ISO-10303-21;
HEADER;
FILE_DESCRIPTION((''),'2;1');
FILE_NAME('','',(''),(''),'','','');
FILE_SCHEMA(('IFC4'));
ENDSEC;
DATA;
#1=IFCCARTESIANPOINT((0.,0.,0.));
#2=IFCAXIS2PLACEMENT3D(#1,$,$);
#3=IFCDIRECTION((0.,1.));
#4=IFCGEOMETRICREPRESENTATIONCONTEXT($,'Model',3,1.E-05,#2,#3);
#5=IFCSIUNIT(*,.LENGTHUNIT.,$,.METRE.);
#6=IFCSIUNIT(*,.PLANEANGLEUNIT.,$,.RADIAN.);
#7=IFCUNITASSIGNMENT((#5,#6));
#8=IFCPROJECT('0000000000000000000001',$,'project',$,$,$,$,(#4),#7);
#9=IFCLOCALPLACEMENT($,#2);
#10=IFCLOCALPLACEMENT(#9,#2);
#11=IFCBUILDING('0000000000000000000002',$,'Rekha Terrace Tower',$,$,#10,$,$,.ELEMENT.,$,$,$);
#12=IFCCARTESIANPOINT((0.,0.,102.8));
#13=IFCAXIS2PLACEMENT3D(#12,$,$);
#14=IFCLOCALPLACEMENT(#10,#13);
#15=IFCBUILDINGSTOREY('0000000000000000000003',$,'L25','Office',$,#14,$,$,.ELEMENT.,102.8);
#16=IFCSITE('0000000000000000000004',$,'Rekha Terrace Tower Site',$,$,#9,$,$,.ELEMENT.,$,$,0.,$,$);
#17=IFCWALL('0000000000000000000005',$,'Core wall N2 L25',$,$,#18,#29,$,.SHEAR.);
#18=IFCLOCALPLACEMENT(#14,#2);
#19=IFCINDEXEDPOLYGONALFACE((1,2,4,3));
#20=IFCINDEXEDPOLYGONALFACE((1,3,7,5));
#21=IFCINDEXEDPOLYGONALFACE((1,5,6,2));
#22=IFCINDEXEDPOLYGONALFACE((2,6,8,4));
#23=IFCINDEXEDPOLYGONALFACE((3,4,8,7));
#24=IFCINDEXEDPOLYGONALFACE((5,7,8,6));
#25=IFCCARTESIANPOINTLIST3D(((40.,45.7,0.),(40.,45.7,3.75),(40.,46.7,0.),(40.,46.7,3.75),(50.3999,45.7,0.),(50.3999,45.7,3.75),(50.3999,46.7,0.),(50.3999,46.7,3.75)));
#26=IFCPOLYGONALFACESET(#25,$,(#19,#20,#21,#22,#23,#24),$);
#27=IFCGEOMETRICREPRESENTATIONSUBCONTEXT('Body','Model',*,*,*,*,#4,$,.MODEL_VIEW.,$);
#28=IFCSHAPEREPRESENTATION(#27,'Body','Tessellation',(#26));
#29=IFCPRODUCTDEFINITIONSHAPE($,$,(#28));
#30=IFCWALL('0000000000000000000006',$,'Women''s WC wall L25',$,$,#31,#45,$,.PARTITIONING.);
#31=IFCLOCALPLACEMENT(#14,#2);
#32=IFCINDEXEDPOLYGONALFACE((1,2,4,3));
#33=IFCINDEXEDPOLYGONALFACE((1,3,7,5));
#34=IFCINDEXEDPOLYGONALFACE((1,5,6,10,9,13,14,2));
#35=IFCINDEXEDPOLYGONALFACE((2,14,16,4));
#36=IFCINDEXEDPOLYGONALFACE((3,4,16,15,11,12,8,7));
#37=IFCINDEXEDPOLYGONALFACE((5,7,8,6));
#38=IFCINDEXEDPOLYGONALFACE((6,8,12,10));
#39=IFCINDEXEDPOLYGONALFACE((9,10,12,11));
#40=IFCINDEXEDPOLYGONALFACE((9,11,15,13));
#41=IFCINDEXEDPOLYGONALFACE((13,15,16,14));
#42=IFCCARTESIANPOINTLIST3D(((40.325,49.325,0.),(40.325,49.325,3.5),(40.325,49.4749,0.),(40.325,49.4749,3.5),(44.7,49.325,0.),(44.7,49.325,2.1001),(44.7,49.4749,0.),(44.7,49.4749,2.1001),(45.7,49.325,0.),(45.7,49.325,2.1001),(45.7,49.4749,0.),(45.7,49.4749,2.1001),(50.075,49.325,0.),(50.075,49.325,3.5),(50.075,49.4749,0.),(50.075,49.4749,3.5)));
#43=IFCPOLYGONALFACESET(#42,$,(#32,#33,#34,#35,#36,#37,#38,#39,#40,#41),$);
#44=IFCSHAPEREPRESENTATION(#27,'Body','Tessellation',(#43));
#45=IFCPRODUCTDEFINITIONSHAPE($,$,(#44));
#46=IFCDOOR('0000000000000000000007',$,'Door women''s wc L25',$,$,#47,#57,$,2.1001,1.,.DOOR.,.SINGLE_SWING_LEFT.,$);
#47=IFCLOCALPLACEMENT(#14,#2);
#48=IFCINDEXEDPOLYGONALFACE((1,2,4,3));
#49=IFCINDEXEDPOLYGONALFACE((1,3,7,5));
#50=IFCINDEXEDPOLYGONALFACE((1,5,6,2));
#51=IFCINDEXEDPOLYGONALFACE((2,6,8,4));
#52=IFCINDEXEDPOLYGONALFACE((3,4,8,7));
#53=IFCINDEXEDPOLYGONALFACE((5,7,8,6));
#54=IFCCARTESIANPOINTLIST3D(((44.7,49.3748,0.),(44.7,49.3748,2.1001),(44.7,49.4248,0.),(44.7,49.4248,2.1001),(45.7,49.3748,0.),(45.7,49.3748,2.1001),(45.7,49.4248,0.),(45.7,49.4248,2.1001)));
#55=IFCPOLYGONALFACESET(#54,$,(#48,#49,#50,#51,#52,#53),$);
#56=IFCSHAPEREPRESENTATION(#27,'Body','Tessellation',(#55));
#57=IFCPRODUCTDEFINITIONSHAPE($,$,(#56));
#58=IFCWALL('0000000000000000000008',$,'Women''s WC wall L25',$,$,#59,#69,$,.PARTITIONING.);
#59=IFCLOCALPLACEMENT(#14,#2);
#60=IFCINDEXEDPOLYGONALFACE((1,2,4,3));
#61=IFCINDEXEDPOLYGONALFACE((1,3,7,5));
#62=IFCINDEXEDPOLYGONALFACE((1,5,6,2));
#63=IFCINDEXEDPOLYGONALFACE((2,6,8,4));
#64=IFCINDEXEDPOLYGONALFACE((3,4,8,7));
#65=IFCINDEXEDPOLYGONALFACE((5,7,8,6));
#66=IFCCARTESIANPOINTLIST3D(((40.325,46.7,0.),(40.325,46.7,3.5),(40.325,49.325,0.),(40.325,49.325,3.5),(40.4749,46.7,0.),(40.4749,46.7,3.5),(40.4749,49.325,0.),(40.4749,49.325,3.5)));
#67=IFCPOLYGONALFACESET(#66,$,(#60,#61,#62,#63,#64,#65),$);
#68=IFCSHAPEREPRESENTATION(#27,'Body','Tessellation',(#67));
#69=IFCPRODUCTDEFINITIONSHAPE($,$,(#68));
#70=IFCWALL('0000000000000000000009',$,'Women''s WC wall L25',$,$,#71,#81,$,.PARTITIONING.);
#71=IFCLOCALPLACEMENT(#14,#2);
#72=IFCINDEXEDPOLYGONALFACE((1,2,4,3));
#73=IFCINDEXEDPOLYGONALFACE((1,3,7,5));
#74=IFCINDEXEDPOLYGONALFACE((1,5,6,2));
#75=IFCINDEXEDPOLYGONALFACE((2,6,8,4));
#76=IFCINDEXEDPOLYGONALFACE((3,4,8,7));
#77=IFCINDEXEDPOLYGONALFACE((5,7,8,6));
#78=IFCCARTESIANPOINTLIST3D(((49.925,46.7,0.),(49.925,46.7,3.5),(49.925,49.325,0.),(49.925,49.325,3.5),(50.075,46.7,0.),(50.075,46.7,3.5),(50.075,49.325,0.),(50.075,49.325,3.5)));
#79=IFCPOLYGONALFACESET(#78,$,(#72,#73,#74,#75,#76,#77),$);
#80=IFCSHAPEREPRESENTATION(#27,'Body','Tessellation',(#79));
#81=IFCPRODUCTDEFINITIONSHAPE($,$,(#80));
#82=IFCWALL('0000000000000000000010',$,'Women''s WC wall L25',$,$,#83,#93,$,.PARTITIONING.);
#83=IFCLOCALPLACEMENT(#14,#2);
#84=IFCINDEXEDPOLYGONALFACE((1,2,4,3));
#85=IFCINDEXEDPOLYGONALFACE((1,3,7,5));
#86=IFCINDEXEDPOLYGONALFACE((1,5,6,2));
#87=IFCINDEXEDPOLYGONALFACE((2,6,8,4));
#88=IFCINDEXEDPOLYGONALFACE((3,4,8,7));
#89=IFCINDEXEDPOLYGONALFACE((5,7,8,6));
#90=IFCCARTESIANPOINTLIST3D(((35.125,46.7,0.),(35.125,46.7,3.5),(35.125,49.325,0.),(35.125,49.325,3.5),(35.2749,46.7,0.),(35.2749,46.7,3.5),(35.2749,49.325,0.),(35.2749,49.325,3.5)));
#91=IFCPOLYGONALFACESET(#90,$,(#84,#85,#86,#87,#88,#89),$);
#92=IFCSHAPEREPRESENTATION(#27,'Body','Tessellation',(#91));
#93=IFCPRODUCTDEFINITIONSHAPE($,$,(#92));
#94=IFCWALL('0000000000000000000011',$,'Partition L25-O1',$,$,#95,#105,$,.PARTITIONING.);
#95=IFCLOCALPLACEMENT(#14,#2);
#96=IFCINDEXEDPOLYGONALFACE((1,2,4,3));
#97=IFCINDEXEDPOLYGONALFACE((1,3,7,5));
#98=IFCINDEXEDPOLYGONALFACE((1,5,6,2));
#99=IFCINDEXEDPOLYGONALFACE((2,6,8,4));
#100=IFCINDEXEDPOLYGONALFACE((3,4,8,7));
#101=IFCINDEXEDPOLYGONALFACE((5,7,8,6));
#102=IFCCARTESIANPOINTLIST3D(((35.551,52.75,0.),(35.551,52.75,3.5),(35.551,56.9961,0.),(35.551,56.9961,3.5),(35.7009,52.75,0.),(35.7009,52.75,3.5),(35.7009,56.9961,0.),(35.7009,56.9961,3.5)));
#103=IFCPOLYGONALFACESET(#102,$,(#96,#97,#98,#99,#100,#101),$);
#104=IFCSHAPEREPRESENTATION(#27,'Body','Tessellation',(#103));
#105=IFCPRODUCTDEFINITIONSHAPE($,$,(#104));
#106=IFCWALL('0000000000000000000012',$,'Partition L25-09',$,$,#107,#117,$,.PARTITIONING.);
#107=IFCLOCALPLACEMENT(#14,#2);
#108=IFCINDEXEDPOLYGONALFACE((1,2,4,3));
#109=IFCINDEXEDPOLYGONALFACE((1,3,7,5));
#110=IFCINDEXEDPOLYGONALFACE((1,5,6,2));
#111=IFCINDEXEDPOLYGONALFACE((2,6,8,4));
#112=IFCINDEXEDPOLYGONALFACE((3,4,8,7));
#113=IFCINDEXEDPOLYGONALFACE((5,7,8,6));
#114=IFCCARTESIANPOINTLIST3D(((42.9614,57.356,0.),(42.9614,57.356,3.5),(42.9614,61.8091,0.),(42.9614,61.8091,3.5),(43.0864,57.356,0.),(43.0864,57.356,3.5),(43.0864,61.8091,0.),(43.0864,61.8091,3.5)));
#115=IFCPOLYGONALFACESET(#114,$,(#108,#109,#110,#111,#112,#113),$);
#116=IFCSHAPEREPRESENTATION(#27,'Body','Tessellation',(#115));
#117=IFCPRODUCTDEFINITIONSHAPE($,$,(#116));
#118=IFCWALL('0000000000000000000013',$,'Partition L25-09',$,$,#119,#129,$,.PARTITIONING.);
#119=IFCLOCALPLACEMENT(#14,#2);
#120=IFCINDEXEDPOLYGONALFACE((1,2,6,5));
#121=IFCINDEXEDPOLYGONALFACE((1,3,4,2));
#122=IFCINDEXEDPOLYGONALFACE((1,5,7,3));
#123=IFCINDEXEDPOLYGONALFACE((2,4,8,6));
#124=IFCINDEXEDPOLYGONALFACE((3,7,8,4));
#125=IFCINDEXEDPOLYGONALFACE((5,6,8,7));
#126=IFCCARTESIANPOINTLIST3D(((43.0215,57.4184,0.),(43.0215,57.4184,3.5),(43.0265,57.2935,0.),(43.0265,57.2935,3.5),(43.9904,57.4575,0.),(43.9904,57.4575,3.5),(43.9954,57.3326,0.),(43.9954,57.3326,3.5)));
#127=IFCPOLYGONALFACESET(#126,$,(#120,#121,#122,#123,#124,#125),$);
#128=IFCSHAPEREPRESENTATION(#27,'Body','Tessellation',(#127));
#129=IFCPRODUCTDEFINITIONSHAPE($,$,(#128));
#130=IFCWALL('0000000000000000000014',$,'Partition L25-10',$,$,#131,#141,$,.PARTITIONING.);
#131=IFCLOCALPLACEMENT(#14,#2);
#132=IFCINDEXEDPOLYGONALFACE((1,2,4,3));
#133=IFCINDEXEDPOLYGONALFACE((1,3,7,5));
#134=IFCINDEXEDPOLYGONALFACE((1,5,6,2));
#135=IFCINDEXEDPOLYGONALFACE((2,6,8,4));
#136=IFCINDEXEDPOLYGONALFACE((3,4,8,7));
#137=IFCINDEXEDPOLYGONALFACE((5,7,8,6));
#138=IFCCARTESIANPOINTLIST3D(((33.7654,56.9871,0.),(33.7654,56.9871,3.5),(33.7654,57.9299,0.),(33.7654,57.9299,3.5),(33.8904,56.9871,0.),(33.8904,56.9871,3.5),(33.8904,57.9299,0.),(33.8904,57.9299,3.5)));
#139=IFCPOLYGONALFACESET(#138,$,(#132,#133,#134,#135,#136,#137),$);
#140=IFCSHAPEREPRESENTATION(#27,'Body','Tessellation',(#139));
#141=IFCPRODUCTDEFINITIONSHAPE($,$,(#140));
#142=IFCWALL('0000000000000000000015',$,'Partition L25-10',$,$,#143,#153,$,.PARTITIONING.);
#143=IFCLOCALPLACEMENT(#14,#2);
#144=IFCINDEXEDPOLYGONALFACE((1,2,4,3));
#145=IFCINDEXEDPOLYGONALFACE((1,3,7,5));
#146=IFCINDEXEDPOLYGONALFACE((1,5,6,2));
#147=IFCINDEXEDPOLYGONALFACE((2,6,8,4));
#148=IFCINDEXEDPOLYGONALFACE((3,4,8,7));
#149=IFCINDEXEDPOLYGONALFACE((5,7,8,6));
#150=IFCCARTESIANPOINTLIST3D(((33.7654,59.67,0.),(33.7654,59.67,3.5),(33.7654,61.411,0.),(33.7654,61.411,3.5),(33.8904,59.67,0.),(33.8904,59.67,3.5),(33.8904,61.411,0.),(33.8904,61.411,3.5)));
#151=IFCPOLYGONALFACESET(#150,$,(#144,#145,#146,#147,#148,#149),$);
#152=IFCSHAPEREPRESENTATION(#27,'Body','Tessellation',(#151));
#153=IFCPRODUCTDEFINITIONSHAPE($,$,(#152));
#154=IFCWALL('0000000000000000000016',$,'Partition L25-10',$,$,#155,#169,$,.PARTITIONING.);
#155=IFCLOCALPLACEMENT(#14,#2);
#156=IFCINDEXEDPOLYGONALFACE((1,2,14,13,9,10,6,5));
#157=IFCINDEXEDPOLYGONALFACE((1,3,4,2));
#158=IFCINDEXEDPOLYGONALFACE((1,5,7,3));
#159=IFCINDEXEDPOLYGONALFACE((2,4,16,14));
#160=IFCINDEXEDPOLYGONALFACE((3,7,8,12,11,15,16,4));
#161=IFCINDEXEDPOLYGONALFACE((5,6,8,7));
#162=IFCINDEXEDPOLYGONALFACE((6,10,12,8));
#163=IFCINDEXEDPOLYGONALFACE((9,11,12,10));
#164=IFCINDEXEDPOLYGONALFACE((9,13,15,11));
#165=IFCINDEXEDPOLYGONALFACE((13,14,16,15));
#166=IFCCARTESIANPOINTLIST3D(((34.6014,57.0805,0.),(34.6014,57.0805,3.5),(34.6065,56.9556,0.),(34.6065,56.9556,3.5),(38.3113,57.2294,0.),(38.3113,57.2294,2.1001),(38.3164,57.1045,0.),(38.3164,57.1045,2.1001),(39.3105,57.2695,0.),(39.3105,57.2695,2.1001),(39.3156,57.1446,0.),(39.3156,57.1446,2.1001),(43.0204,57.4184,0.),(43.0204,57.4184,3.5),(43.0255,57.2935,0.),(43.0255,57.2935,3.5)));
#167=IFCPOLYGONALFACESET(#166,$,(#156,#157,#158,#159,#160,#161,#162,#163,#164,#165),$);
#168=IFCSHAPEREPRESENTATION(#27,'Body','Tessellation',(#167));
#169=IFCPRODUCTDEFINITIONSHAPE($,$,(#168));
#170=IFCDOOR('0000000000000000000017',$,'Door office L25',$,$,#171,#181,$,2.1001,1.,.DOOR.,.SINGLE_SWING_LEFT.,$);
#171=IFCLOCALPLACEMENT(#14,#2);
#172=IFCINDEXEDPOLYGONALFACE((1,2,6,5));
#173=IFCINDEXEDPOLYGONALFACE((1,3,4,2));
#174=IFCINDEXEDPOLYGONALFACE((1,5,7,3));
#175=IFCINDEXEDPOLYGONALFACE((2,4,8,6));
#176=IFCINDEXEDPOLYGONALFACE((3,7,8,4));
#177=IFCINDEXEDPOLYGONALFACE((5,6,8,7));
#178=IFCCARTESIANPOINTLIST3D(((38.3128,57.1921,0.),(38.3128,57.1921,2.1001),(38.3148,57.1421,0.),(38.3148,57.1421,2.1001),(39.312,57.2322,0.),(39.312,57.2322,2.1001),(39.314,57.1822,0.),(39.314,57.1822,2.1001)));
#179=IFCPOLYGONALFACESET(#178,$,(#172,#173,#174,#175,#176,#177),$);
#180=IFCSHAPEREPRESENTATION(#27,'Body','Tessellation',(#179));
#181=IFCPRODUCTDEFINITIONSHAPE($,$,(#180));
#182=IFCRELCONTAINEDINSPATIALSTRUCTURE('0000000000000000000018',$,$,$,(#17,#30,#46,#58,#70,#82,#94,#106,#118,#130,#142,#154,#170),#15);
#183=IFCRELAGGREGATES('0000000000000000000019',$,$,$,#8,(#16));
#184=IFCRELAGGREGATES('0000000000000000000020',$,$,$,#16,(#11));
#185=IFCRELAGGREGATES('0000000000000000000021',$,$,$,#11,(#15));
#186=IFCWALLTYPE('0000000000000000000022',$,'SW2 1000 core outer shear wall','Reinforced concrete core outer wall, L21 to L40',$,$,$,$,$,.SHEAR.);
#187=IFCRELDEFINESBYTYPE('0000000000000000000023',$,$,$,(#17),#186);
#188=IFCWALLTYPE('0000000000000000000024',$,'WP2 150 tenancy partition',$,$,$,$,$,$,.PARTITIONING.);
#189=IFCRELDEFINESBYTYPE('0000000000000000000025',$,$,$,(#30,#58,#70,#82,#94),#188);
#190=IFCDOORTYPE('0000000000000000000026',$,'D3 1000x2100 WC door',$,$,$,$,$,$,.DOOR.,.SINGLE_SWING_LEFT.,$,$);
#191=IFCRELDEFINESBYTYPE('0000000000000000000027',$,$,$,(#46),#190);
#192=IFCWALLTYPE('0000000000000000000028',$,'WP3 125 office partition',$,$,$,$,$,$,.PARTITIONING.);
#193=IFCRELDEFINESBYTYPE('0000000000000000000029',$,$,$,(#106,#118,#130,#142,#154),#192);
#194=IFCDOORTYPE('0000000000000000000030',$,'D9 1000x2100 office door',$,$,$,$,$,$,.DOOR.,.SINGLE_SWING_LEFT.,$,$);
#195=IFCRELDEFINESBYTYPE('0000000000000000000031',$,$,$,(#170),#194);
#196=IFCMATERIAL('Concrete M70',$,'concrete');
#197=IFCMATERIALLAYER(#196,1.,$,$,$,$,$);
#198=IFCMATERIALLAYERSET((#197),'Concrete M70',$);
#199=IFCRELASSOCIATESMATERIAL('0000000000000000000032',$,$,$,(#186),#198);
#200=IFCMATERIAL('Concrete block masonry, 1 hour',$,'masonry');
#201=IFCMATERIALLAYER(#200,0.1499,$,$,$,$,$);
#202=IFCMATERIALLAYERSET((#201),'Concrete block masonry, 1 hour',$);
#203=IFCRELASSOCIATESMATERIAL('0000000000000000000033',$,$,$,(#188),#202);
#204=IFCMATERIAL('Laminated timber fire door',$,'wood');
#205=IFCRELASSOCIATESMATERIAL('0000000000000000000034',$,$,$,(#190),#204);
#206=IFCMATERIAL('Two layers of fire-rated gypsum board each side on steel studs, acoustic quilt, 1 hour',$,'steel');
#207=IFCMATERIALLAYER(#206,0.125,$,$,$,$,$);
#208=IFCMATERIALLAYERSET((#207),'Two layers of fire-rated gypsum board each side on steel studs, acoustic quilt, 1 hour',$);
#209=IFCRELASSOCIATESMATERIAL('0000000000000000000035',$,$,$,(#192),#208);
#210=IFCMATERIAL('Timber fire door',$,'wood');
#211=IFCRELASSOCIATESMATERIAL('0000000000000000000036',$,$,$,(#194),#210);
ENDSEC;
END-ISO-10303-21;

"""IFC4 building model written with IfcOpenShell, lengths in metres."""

from ifc_helpers import new_model, si_unit, direction, frame, frame_2d, origin, place, context, subcontext, project, spatial, rectangle, extrude, material, layer, layer_set, type_object, element, fill, save


model = new_model("IFC4")

# Units and contexts
model_context = context("Model", 3, precision=1e-05, world=origin(), true_north=direction((0.0, 1.0)))
body_context = subcontext(model_context, "Body", "Model", "MODEL_VIEW")
ifc_project = project(units=[si_unit("LENGTHUNIT", "METRE"), si_unit("PLANEANGLEUNIT", "RADIAN")], contexts=[model_context])

# Site, building, storey
site_placement = place(None, origin())
site = spatial("IfcSite", under=ifc_project, at=site_placement, Name="Rekha Terrace Tower Site", CompositionType="ELEMENT", RefElevation=0.0)
building_placement = place(site_placement, origin())
building = spatial("IfcBuilding", under=site, at=building_placement, Name="Rekha Terrace Tower", CompositionType="ELEMENT")
storey_placement = place(building_placement, frame((0.0, 0.0, 102.8)))
storey = spatial("IfcBuildingStorey", under=building, at=storey_placement, Name="L25", Description="Office", CompositionType="ELEMENT", Elevation=102.8)

# Shared definitions
ifc_material_1 = material(Name="Concrete M70", Category="concrete")

# Wall
ifc_layer_1 = layer(ifc_material_1, 1.0)
ifc_layer_set_1 = layer_set([ifc_layer_1], Name="Concrete M70")
wall_type_1 = type_object("IfcWallType", Name="SW2 1000 core outer shear wall", Description="Reinforced concrete core outer wall, L21 to L40", PredefinedType="SHEAR", material=ifc_layer_set_1)
wall_1_placement = place(storey_placement, frame((40.0, 46.2, 0.0), z_axis=(0.0, 0.0, 1.0), x_axis=(1.0, 0.0, 0.0)))
element("IfcWall", 1, at=wall_1_placement, inside=storey, type_object=wall_type_1, Name="Core wall N2 L25", PredefinedType="SHEAR", context=body_context, shape_type="SweptSolid", body=[
    extrude(rectangle(XDim=10.3999, YDim=1.0, at=frame_2d((5.2, 0.0))), origin(), (0.0, 0.0, 1.0), 3.75),
])

# Wall, opening, door
ifc_material_2 = material(Name="Concrete block masonry, 1 hour", Category="masonry")
ifc_layer_2 = layer(ifc_material_2, 0.1499)
ifc_layer_set_2 = layer_set([ifc_layer_2], Name="Concrete block masonry, 1 hour")
wall_type_2 = type_object("IfcWallType", Name="WP2 150 tenancy partition", PredefinedType="PARTITIONING", material=ifc_layer_set_2)
wall_2_placement = place(storey_placement, frame((40.325, 49.3999, 0.0), z_axis=(0.0, 0.0, 1.0), x_axis=(1.0, 0.0, 0.0)))
wall_2 = element("IfcWall", 2, at=wall_2_placement, inside=storey, type_object=wall_type_2, Name="Women's WC wall L25", PredefinedType="PARTITIONING", context=body_context, shape_type="SweptSolid", body=[
    extrude(rectangle(XDim=9.75, YDim=0.1499, at=frame_2d((4.875, 0.0))), origin(), (0.0, 0.0, 1.0), 3.5),
])
opening_1_placement = place(wall_2_placement, frame((4.375, 0.0, 0.0)))
opening_1 = element("IfcOpeningElement", 3, at=opening_1_placement, cuts=wall_2, PredefinedType="OPENING", context=body_context, shape_type="SweptSolid", body=[
    extrude(rectangle(XDim=1.0, YDim=2.1001, at=frame_2d((0.5, 1.05))), frame((0.0, 0.085, 0.0), z_axis=(0.0, -1.0, 0.0), x_axis=(1.0, 0.0, 0.0)), (0.0, 0.0, 1.0), 0.1699),
])
ifc_material_3 = material(Name="Laminated timber fire door", Category="wood")
door_type_1 = type_object("IfcDoorType", Name="D3 1000x2100 WC door", OperationType="SINGLE_SWING_LEFT", PredefinedType="DOOR", material=ifc_material_3)
door_1_placement = place(opening_1_placement, origin())
door_1 = element("IfcDoor", 4, at=door_1_placement, inside=storey, type_object=door_type_1, Name="Door women's wc L25", OperationType="SINGLE_SWING_LEFT", OverallHeight=2.1001, OverallWidth=1.0, PredefinedType="DOOR", context=body_context, shape_type="SweptSolid", body=[
    extrude(rectangle(XDim=1.0, YDim=2.1001, at=frame_2d((0.5, 1.05))), frame((0.0, 0.0249, 0.0), z_axis=(0.0, -1.0, 0.0), x_axis=(1.0, 0.0, 0.0)), (0.0, 0.0, 1.0), 0.05),
])
fill(opening_1, door_1)

# Walls
for number, where, z_axis, x_axis, name in (
    (5, (40.3999, 46.7, 0.0), (0.0, 0.0, 1.0), (0.0, 1.0, 0.0), "Women's WC wall L25"),
    (6, (50.0, 46.7, 0.0), (0.0, 0.0, 1.0), (0.0, 1.0, 0.0), "Women's WC wall L25"),
    (7, (35.2, 46.7, 0.0), (0.0, 0.0, 1.0), (0.0, 1.0, 0.0), "Women's WC wall L25"),
):
    element("IfcWall", number, at=place(storey_placement, frame(where, z_axis=z_axis, x_axis=x_axis)), inside=storey, type_object=wall_type_2, Name=name, PredefinedType="PARTITIONING", context=body_context, shape_type="SweptSolid", body=[
        extrude(rectangle(XDim=2.625, YDim=0.1499, at=frame_2d((1.3125, 0.0))), origin(), (0.0, 0.0, 1.0), 3.5),
    ])
wall_3_placement = place(storey_placement, frame((35.626, 52.75, 0.0), z_axis=(0.0, 0.0, 1.0), x_axis=(0.0, 1.0, 0.0)))
element("IfcWall", 8, at=wall_3_placement, inside=storey, type_object=wall_type_2, Name="Partition L25-O1", PredefinedType="PARTITIONING", context=body_context, shape_type="SweptSolid", body=[
    extrude(rectangle(XDim=4.2461, YDim=0.1499, at=frame_2d((2.123, 0.0))), origin(), (0.0, 0.0, 1.0), 3.5),
])
ifc_material_4 = material(Name="Two layers of fire-rated gypsum board each side on steel studs, acoustic quilt, 1 hour", Category="steel")
ifc_layer_3 = layer(ifc_material_4, 0.125)
ifc_layer_set_3 = layer_set([ifc_layer_3], Name="Two layers of fire-rated gypsum board each side on steel studs, acoustic quilt, 1 hour")
wall_type_3 = type_object("IfcWallType", Name="WP3 125 office partition", PredefinedType="PARTITIONING", material=ifc_layer_set_3)
wall_4_placement = place(storey_placement, frame((43.0239, 57.356, 0.0), z_axis=(0.0, 0.0, 1.0), x_axis=(0.0, 1.0, 0.0)))
element("IfcWall", 9, at=wall_4_placement, inside=storey, type_object=wall_type_3, Name="Partition L25-09", PredefinedType="PARTITIONING", context=body_context, shape_type="SweptSolid", body=[
    extrude(rectangle(XDim=4.4531, YDim=0.125, at=frame_2d((2.2266, 0.0))), origin(), (0.0, 0.0, 1.0), 3.5),
])
wall_5_placement = place(storey_placement, frame((43.9929, 57.395, 0.0), z_axis=(0.0, 0.0, 1.0), x_axis=(-0.999188, -0.04028, 0.0)))
element("IfcWall", 10, at=wall_5_placement, inside=storey, type_object=wall_type_3, Name="Partition L25-09", PredefinedType="PARTITIONING", context=body_context, shape_type="SweptSolid", body=[
    extrude(rectangle(XDim=0.9697, YDim=0.125, at=frame_2d((0.4849, 0.0))), origin(), (0.0, 0.0, 1.0), 3.5),
])
wall_6_placement = place(storey_placement, frame((33.8279, 56.9871, 0.0), z_axis=(0.0, 0.0, 1.0), x_axis=(0.0, 1.0, 0.0)))
element("IfcWall", 11, at=wall_6_placement, inside=storey, type_object=wall_type_3, Name="Partition L25-10", PredefinedType="PARTITIONING", context=body_context, shape_type="SweptSolid", body=[
    extrude(rectangle(XDim=0.9429, YDim=0.125, at=frame_2d((0.4714, 0.0))), origin(), (0.0, 0.0, 1.0), 3.5),
])
wall_7_placement = place(storey_placement, frame((33.8279, 59.6699, 0.0), z_axis=(0.0, 0.0, 1.0), x_axis=(0.0, 1.0, 0.0)))
element("IfcWall", 12, at=wall_7_placement, inside=storey, type_object=wall_type_3, Name="Partition L25-10", PredefinedType="PARTITIONING", context=body_context, shape_type="SweptSolid", body=[
    extrude(rectangle(XDim=1.741, YDim=0.125, at=frame_2d((0.8706, 0.0))), origin(), (0.0, 0.0, 1.0), 3.5),
])

# Wall, opening, door
wall_8_placement = place(storey_placement, frame((43.0229, 57.356, 0.0), z_axis=(0.0, 0.0, 1.0), x_axis=(-0.999196, -0.040102, 0.0)))
wall_8 = element("IfcWall", 13, at=wall_8_placement, inside=storey, type_object=wall_type_3, Name="Partition L25-10", PredefinedType="PARTITIONING", context=body_context, shape_type="SweptSolid", body=[
    extrude(rectangle(XDim=8.4258, YDim=0.125, at=frame_2d((4.2129, 0.0))), origin(), (0.0, 0.0, 1.0), 3.5),
])
opening_2_placement = place(wall_8_placement, frame((3.7129, 0.0, 0.0)))
opening_2 = element("IfcOpeningElement", 14, at=opening_2_placement, cuts=wall_8, PredefinedType="OPENING", context=body_context, shape_type="SweptSolid", body=[
    extrude(rectangle(XDim=1.0, YDim=2.1001, at=frame_2d((0.5, 1.05))), frame((0.0, 0.0725, 0.0), z_axis=(0.0, -1.0, 0.0), x_axis=(1.0, 0.0, 0.0)), (0.0, 0.0, 1.0), 0.145),
])
ifc_material_5 = material(Name="Timber fire door", Category="wood")
door_type_2 = type_object("IfcDoorType", Name="D9 1000x2100 office door", OperationType="SINGLE_SWING_LEFT", PredefinedType="DOOR", material=ifc_material_5)
door_2_placement = place(opening_2_placement, origin())
door_2 = element("IfcDoor", 15, at=door_2_placement, inside=storey, type_object=door_type_2, Name="Door office L25", OperationType="SINGLE_SWING_LEFT", OverallHeight=2.1001, OverallWidth=1.0, PredefinedType="DOOR", context=body_context, shape_type="SweptSolid", body=[
    extrude(rectangle(XDim=1.0, YDim=2.1001, at=frame_2d((0.5, 1.05))), frame((0.0, 0.0249, 0.0), z_axis=(0.0, -1.0, 0.0), x_axis=(1.0, 0.0, 0.0)), (0.0, 0.0, 1.0), 0.05),
])
fill(opening_2, door_2)

save(model, "model.ifc")
